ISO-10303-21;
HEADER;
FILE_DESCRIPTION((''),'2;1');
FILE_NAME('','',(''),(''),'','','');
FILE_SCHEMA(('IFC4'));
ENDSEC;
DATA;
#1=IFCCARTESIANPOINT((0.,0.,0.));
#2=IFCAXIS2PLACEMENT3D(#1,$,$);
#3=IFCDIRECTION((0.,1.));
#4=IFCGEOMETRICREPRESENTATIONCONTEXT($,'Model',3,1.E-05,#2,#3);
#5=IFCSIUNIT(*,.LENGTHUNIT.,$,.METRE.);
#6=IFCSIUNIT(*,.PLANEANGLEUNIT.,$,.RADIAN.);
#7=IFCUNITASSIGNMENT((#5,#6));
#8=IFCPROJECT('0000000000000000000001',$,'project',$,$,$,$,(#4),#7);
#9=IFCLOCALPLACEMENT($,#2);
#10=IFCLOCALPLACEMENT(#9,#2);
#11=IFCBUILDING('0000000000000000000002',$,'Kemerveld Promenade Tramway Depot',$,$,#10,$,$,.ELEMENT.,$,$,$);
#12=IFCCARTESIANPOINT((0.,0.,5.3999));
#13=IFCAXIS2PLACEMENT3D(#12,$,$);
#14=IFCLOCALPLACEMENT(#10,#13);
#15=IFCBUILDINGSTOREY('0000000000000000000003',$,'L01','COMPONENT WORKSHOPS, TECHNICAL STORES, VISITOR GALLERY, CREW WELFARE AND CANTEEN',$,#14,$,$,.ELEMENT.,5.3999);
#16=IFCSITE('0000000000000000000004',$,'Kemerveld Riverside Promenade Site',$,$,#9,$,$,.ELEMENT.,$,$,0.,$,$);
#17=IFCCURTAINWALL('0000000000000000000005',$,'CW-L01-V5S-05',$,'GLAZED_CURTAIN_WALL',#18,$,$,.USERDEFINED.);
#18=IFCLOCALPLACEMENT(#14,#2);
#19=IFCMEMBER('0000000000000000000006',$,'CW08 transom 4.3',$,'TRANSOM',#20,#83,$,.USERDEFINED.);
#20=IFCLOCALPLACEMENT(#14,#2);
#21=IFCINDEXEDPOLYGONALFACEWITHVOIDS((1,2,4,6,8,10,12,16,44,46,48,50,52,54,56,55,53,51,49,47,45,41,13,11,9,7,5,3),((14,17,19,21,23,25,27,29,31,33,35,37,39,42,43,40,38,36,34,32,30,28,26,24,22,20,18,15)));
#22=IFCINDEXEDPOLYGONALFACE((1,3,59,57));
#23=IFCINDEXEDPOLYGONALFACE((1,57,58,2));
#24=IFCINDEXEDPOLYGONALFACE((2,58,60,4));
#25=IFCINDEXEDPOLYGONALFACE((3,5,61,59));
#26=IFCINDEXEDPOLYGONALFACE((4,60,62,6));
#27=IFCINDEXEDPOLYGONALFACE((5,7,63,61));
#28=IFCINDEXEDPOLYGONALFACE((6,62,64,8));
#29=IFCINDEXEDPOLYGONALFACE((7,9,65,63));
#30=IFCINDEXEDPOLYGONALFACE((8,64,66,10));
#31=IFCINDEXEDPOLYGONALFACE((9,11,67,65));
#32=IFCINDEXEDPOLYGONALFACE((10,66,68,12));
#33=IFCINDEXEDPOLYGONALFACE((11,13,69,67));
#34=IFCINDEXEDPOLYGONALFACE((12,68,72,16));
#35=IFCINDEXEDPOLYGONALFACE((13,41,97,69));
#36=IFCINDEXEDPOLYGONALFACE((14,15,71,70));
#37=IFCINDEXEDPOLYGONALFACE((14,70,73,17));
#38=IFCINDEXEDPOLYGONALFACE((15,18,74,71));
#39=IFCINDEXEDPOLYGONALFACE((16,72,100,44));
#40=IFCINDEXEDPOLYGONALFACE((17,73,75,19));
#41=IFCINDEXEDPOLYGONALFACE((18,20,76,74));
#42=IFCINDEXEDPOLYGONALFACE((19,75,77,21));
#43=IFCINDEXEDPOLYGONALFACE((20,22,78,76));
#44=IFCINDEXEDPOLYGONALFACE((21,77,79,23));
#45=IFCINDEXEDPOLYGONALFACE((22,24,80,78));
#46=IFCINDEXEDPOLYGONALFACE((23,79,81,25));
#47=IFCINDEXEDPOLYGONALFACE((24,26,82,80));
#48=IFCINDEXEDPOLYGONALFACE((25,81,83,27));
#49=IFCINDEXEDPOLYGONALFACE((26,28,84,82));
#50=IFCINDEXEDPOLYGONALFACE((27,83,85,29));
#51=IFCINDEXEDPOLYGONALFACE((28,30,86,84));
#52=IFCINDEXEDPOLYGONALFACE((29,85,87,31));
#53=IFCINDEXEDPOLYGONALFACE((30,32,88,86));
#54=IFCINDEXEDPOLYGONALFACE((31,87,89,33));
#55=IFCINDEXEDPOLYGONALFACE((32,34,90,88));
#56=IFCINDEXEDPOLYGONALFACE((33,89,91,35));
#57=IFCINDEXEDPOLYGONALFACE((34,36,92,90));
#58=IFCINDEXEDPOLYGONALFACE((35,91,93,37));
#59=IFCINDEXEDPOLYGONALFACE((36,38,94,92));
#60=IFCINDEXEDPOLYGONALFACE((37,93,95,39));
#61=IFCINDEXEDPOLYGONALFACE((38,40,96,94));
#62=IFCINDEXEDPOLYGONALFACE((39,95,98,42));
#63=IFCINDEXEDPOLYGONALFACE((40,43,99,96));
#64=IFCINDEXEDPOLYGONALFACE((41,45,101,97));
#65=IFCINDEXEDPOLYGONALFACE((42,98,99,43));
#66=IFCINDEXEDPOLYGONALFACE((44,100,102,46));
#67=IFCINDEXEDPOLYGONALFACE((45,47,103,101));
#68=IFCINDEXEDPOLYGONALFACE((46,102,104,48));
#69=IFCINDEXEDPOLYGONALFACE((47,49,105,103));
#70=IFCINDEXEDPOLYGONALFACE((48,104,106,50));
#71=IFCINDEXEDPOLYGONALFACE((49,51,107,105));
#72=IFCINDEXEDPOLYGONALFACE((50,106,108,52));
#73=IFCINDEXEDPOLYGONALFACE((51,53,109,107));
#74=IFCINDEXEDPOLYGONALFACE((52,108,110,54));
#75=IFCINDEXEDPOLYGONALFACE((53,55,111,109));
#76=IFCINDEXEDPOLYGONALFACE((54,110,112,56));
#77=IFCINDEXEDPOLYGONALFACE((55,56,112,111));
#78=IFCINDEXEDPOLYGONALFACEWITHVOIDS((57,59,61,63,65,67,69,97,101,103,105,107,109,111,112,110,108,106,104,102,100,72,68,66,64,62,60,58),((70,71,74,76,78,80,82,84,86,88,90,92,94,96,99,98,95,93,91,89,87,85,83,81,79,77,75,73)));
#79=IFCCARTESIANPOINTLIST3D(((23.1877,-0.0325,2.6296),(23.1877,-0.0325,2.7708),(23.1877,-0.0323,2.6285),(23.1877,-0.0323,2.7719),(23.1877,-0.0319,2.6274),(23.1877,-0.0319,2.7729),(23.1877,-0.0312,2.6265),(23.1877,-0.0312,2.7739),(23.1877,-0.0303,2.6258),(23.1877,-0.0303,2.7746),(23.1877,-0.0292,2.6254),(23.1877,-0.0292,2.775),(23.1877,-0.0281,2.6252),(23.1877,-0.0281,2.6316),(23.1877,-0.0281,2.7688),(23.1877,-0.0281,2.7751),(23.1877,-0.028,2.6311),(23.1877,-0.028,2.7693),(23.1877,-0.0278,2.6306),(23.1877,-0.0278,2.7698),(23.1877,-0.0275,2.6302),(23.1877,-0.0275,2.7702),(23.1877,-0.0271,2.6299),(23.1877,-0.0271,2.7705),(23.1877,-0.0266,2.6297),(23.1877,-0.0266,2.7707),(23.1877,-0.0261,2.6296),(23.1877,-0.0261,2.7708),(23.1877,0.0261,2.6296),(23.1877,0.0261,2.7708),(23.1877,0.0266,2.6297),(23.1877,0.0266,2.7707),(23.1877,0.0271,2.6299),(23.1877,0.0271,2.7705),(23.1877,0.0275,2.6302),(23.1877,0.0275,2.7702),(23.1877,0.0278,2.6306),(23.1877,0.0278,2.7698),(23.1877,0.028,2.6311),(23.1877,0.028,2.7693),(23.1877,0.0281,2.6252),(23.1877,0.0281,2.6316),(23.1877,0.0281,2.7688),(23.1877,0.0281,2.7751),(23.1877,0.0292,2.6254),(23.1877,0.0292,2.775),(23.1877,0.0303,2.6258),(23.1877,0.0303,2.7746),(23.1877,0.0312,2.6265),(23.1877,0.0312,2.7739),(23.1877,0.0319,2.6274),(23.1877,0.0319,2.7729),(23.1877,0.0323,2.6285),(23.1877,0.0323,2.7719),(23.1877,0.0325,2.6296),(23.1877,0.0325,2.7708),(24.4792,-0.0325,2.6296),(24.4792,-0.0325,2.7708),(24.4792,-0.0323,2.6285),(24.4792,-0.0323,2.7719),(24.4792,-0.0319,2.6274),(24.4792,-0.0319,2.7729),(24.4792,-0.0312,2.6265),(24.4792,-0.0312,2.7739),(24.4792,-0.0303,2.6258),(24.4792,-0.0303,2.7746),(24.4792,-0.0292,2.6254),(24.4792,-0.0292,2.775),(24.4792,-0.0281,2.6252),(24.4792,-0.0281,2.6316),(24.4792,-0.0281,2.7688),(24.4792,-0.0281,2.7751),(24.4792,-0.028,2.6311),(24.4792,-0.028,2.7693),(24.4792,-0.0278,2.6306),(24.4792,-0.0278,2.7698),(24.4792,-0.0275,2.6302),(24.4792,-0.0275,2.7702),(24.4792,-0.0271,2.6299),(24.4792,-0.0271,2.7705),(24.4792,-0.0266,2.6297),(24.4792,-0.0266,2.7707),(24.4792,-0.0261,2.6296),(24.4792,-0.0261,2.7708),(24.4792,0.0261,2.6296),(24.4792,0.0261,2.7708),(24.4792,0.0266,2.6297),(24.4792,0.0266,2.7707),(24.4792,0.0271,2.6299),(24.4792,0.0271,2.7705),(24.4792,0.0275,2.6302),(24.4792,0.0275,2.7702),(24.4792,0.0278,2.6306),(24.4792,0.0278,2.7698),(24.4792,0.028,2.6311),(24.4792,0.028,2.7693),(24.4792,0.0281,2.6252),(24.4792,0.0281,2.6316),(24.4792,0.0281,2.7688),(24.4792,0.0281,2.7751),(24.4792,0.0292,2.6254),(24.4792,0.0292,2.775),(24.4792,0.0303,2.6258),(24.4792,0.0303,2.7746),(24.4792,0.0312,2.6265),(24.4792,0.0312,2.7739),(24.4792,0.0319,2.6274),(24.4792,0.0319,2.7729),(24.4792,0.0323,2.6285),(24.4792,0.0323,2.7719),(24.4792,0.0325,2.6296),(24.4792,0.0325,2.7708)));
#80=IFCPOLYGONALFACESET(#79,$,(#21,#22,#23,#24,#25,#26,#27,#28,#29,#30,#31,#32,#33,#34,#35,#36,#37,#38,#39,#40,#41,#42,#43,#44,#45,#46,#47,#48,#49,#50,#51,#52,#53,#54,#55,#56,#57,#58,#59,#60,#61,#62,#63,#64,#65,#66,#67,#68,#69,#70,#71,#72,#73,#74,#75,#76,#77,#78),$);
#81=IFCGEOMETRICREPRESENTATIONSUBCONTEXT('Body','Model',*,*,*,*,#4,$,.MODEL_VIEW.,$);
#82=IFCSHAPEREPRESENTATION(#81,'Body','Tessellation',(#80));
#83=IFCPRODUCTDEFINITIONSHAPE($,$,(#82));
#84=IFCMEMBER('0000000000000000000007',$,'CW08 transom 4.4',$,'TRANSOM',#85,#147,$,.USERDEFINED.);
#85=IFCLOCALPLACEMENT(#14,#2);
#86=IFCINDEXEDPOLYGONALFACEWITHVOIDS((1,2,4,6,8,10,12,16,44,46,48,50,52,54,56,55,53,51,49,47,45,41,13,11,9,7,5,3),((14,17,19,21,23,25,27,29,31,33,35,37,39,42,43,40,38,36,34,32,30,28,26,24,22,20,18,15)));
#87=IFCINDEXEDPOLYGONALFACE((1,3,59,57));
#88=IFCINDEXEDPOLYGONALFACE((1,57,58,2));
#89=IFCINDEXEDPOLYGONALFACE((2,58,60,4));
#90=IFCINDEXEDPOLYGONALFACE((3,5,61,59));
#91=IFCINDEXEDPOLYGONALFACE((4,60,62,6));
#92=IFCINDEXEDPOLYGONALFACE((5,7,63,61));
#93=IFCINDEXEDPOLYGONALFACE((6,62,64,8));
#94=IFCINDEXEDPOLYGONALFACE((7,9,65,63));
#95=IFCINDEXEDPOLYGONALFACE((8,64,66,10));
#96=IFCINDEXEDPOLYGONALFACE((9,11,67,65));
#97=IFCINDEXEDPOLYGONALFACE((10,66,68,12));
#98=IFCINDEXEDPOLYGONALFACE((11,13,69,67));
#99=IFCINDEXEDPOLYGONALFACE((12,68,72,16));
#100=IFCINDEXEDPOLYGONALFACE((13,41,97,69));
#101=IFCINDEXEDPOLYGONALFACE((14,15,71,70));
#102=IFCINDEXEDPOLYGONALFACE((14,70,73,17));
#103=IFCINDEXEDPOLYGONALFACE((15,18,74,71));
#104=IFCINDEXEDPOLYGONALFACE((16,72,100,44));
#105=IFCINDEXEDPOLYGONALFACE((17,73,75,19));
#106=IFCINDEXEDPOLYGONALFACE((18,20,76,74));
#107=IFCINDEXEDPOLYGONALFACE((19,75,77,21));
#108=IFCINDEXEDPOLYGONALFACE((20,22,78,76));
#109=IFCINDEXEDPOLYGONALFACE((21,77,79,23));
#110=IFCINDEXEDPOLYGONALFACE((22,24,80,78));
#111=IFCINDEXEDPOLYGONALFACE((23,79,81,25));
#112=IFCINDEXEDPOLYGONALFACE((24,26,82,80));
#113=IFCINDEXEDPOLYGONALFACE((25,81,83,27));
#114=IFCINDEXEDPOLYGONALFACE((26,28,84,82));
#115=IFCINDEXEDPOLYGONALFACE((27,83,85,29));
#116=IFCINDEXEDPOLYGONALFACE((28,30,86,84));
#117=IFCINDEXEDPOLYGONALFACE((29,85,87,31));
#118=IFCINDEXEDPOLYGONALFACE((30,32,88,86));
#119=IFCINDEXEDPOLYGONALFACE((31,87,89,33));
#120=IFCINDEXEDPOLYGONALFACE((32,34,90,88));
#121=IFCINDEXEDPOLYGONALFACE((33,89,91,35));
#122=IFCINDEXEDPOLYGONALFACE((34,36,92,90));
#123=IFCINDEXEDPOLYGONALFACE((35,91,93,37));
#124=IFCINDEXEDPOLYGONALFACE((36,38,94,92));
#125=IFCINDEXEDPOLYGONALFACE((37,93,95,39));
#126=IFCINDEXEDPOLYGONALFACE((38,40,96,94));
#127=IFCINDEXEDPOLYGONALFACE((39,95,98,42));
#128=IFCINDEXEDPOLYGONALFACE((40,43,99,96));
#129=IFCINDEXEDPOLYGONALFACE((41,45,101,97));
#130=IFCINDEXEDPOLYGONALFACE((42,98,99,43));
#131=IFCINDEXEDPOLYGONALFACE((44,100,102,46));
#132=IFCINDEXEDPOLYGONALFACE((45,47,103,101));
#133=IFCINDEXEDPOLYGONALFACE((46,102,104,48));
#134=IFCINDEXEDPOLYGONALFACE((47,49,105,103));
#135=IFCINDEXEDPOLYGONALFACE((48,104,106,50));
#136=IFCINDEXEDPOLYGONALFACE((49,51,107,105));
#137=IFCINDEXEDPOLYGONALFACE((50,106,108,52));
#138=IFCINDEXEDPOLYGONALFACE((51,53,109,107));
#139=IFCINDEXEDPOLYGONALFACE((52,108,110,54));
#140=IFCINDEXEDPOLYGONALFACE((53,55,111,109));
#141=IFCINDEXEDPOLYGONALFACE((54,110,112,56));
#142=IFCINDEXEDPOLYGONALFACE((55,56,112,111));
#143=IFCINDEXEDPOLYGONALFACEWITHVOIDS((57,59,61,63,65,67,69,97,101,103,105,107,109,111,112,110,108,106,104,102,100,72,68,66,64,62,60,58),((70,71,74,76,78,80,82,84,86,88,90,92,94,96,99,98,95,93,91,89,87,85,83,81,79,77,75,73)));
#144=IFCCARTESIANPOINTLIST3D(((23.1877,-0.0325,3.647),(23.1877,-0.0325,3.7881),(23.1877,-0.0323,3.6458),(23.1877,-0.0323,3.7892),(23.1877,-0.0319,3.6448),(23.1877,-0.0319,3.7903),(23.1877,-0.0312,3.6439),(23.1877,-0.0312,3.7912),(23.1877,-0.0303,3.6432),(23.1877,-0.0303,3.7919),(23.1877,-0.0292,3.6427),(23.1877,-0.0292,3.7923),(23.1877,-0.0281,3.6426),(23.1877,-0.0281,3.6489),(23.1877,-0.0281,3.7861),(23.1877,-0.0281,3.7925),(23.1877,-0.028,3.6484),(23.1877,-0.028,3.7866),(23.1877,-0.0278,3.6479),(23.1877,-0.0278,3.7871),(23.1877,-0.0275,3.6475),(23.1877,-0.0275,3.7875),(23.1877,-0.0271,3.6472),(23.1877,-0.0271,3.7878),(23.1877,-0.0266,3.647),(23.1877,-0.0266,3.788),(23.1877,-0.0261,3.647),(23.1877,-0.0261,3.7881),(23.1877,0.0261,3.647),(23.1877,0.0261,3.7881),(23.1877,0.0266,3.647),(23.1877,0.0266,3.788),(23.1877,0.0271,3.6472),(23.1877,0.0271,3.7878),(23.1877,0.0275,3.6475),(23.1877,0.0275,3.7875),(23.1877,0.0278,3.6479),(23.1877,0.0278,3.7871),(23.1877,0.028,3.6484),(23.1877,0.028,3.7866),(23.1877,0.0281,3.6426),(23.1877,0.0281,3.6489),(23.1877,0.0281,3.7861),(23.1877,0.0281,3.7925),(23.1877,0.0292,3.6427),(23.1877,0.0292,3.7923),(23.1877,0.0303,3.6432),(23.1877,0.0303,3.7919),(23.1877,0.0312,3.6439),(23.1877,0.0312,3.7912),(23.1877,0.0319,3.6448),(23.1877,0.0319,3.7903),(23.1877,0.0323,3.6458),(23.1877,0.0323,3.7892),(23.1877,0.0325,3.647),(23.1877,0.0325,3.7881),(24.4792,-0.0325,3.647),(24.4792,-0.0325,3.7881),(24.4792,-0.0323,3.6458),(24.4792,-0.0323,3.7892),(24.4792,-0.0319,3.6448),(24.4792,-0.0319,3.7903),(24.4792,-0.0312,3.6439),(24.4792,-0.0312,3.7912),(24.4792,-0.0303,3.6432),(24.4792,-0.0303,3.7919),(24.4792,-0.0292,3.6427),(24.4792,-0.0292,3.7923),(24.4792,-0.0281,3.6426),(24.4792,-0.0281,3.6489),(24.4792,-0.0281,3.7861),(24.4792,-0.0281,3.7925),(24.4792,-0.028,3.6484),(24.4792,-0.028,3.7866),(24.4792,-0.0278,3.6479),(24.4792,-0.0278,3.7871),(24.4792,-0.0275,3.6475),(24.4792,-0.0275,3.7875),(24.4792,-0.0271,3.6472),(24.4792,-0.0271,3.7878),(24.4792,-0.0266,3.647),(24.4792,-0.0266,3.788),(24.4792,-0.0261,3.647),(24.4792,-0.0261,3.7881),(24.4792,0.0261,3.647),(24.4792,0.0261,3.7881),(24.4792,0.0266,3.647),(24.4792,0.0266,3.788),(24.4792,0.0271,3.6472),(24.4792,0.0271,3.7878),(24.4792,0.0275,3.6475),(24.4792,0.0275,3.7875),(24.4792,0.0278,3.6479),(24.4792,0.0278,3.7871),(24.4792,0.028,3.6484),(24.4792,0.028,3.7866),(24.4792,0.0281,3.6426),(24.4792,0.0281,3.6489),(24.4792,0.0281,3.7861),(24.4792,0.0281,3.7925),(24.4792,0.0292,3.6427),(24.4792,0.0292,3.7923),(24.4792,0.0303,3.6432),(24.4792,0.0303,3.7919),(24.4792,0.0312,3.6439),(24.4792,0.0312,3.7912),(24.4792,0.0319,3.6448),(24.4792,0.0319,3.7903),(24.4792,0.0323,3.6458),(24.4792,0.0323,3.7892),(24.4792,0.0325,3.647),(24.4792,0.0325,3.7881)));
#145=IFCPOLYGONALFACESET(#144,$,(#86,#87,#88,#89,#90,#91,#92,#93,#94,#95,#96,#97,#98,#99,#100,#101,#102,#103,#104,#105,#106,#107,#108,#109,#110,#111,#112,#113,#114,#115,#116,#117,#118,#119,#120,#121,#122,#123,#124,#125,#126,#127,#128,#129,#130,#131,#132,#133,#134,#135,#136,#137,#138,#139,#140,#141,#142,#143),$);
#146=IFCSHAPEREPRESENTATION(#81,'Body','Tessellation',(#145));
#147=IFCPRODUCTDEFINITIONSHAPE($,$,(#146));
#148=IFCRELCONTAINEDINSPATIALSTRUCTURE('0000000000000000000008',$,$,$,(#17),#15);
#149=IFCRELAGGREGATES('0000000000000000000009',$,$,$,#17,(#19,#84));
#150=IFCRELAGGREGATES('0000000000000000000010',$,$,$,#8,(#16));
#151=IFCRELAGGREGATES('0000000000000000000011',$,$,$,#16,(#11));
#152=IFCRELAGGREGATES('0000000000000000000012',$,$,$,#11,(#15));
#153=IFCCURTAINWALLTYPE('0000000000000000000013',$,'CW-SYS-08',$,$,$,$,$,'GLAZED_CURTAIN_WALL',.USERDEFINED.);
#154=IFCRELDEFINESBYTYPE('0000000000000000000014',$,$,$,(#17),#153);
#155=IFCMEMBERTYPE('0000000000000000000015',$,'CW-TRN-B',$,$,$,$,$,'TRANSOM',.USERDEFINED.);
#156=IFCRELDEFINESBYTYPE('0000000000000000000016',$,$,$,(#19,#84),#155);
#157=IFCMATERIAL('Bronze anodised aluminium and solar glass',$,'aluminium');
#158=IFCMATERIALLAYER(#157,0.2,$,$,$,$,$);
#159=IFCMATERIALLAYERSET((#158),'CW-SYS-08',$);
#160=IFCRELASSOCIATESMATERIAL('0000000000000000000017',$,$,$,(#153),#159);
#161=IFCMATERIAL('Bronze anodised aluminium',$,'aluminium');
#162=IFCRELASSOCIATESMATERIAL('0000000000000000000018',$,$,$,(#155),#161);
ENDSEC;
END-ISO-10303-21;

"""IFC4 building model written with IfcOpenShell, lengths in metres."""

from ifc_helpers import new_model, si_unit, direction, frame, origin, origin_2d, place, context, subcontext, project, spatial, hollow_rectangle, extrude, material, layer, layer_set, material_profile, profile_set, type_object, element, aggregate, save


model = new_model("IFC4")

# Units and contexts
model_context = context("Model", 3, precision=1e-05, world=origin(), true_north=direction((0.0, 1.0)))
body_context = subcontext(model_context, "Body", "Model", "MODEL_VIEW")
ifc_project = project(units=[si_unit("LENGTHUNIT", "METRE"), si_unit("PLANEANGLEUNIT", "RADIAN")], contexts=[model_context])

# Site, building, storey
site_placement = place(None, origin())
site = spatial("IfcSite", under=ifc_project, at=site_placement, Name="Kemerveld Riverside Promenade Site", CompositionType="ELEMENT", RefElevation=0.0)
building_placement = place(site_placement, origin())
building = spatial("IfcBuilding", under=site, at=building_placement, Name="Kemerveld Promenade Tramway Depot", CompositionType="ELEMENT")
storey_placement = place(building_placement, frame((0.0, 0.0, 5.3999)))
storey = spatial("IfcBuildingStorey", under=building, at=storey_placement, Name="L01", Description="COMPONENT WORKSHOPS, TECHNICAL STORES, VISITOR GALLERY, CREW WELFARE AND CANTEEN", CompositionType="ELEMENT", Elevation=5.3999)

# Curtain wall, members
ifc_material_1 = material(Name="Bronze anodised aluminium and solar glass", Category="aluminium")
ifc_layer_1 = layer(ifc_material_1, 0.2)
ifc_layer_set_1 = layer_set([ifc_layer_1], Name="CW-SYS-08")
curtain_wall_type = type_object("IfcCurtainWallType", Name="CW-SYS-08", ElementType="GLAZED_CURTAIN_WALL", PredefinedType="USERDEFINED", material=ifc_layer_set_1)
curtain_wall_placement = place(storey_placement, origin())
curtain_wall = element("IfcCurtainWall", 1, at=curtain_wall_placement, inside=storey, type_object=curtain_wall_type, Name="CW-L01-V5S-05", ObjectType="GLAZED_CURTAIN_WALL", PredefinedType="USERDEFINED")
ifc_material_2 = material(Name="Bronze anodised aluminium", Category="aluminium")
ifc_material_profile_1 = material_profile(ifc_material_2, hollow_rectangle(XDim=0.0649, YDim=0.1499, WallThickness=0.0044, InnerFilletRadius=0.002, OuterFilletRadius=0.0044, at=origin_2d()), Name="CW-TRN-150x65")
ifc_profile_set_1 = profile_set([ifc_material_profile_1], Name="Bronze anodised aluminium")
member_type_1 = type_object("IfcMemberType", Name="CW-TRN-B", ElementType="TRANSOM", PredefinedType="USERDEFINED", material=ifc_profile_set_1)
member_1_placement = place(storey_placement, frame((24.4792, 0.0, 2.7002), z_axis=(-1.0, 0.0, 0.0), x_axis=(0.0, -1.0, 0.0)))
member_1 = element("IfcMember", 2, at=member_1_placement, type_object=member_type_1, Name="CW08 transom 4.3", ObjectType="TRANSOM", PredefinedType="USERDEFINED", context=body_context, shape_type="SweptSolid", body=[
    extrude(hollow_rectangle(XDim=0.0649, YDim=0.1499, WallThickness=0.0044, InnerFilletRadius=0.002, OuterFilletRadius=0.0044, at=origin_2d()), origin(), (0.0, 0.0, 1.0), 1.2915),
])
member_2_placement = place(storey_placement, frame((24.4792, 0.0, 3.7175), z_axis=(-1.0, 0.0, 0.0), x_axis=(0.0, -1.0, 0.0)))
member_2 = element("IfcMember", 3, at=member_2_placement, type_object=member_type_1, Name="CW08 transom 4.4", ObjectType="TRANSOM", PredefinedType="USERDEFINED", context=body_context, shape_type="SweptSolid", body=[
    extrude(hollow_rectangle(XDim=0.0649, YDim=0.1499, WallThickness=0.0044, InnerFilletRadius=0.002, OuterFilletRadius=0.0044, at=origin_2d()), origin(), (0.0, 0.0, 1.0), 1.2915),
])
aggregate(curtain_wall, [member_1, member_2])

save(model, "model.ifc")
